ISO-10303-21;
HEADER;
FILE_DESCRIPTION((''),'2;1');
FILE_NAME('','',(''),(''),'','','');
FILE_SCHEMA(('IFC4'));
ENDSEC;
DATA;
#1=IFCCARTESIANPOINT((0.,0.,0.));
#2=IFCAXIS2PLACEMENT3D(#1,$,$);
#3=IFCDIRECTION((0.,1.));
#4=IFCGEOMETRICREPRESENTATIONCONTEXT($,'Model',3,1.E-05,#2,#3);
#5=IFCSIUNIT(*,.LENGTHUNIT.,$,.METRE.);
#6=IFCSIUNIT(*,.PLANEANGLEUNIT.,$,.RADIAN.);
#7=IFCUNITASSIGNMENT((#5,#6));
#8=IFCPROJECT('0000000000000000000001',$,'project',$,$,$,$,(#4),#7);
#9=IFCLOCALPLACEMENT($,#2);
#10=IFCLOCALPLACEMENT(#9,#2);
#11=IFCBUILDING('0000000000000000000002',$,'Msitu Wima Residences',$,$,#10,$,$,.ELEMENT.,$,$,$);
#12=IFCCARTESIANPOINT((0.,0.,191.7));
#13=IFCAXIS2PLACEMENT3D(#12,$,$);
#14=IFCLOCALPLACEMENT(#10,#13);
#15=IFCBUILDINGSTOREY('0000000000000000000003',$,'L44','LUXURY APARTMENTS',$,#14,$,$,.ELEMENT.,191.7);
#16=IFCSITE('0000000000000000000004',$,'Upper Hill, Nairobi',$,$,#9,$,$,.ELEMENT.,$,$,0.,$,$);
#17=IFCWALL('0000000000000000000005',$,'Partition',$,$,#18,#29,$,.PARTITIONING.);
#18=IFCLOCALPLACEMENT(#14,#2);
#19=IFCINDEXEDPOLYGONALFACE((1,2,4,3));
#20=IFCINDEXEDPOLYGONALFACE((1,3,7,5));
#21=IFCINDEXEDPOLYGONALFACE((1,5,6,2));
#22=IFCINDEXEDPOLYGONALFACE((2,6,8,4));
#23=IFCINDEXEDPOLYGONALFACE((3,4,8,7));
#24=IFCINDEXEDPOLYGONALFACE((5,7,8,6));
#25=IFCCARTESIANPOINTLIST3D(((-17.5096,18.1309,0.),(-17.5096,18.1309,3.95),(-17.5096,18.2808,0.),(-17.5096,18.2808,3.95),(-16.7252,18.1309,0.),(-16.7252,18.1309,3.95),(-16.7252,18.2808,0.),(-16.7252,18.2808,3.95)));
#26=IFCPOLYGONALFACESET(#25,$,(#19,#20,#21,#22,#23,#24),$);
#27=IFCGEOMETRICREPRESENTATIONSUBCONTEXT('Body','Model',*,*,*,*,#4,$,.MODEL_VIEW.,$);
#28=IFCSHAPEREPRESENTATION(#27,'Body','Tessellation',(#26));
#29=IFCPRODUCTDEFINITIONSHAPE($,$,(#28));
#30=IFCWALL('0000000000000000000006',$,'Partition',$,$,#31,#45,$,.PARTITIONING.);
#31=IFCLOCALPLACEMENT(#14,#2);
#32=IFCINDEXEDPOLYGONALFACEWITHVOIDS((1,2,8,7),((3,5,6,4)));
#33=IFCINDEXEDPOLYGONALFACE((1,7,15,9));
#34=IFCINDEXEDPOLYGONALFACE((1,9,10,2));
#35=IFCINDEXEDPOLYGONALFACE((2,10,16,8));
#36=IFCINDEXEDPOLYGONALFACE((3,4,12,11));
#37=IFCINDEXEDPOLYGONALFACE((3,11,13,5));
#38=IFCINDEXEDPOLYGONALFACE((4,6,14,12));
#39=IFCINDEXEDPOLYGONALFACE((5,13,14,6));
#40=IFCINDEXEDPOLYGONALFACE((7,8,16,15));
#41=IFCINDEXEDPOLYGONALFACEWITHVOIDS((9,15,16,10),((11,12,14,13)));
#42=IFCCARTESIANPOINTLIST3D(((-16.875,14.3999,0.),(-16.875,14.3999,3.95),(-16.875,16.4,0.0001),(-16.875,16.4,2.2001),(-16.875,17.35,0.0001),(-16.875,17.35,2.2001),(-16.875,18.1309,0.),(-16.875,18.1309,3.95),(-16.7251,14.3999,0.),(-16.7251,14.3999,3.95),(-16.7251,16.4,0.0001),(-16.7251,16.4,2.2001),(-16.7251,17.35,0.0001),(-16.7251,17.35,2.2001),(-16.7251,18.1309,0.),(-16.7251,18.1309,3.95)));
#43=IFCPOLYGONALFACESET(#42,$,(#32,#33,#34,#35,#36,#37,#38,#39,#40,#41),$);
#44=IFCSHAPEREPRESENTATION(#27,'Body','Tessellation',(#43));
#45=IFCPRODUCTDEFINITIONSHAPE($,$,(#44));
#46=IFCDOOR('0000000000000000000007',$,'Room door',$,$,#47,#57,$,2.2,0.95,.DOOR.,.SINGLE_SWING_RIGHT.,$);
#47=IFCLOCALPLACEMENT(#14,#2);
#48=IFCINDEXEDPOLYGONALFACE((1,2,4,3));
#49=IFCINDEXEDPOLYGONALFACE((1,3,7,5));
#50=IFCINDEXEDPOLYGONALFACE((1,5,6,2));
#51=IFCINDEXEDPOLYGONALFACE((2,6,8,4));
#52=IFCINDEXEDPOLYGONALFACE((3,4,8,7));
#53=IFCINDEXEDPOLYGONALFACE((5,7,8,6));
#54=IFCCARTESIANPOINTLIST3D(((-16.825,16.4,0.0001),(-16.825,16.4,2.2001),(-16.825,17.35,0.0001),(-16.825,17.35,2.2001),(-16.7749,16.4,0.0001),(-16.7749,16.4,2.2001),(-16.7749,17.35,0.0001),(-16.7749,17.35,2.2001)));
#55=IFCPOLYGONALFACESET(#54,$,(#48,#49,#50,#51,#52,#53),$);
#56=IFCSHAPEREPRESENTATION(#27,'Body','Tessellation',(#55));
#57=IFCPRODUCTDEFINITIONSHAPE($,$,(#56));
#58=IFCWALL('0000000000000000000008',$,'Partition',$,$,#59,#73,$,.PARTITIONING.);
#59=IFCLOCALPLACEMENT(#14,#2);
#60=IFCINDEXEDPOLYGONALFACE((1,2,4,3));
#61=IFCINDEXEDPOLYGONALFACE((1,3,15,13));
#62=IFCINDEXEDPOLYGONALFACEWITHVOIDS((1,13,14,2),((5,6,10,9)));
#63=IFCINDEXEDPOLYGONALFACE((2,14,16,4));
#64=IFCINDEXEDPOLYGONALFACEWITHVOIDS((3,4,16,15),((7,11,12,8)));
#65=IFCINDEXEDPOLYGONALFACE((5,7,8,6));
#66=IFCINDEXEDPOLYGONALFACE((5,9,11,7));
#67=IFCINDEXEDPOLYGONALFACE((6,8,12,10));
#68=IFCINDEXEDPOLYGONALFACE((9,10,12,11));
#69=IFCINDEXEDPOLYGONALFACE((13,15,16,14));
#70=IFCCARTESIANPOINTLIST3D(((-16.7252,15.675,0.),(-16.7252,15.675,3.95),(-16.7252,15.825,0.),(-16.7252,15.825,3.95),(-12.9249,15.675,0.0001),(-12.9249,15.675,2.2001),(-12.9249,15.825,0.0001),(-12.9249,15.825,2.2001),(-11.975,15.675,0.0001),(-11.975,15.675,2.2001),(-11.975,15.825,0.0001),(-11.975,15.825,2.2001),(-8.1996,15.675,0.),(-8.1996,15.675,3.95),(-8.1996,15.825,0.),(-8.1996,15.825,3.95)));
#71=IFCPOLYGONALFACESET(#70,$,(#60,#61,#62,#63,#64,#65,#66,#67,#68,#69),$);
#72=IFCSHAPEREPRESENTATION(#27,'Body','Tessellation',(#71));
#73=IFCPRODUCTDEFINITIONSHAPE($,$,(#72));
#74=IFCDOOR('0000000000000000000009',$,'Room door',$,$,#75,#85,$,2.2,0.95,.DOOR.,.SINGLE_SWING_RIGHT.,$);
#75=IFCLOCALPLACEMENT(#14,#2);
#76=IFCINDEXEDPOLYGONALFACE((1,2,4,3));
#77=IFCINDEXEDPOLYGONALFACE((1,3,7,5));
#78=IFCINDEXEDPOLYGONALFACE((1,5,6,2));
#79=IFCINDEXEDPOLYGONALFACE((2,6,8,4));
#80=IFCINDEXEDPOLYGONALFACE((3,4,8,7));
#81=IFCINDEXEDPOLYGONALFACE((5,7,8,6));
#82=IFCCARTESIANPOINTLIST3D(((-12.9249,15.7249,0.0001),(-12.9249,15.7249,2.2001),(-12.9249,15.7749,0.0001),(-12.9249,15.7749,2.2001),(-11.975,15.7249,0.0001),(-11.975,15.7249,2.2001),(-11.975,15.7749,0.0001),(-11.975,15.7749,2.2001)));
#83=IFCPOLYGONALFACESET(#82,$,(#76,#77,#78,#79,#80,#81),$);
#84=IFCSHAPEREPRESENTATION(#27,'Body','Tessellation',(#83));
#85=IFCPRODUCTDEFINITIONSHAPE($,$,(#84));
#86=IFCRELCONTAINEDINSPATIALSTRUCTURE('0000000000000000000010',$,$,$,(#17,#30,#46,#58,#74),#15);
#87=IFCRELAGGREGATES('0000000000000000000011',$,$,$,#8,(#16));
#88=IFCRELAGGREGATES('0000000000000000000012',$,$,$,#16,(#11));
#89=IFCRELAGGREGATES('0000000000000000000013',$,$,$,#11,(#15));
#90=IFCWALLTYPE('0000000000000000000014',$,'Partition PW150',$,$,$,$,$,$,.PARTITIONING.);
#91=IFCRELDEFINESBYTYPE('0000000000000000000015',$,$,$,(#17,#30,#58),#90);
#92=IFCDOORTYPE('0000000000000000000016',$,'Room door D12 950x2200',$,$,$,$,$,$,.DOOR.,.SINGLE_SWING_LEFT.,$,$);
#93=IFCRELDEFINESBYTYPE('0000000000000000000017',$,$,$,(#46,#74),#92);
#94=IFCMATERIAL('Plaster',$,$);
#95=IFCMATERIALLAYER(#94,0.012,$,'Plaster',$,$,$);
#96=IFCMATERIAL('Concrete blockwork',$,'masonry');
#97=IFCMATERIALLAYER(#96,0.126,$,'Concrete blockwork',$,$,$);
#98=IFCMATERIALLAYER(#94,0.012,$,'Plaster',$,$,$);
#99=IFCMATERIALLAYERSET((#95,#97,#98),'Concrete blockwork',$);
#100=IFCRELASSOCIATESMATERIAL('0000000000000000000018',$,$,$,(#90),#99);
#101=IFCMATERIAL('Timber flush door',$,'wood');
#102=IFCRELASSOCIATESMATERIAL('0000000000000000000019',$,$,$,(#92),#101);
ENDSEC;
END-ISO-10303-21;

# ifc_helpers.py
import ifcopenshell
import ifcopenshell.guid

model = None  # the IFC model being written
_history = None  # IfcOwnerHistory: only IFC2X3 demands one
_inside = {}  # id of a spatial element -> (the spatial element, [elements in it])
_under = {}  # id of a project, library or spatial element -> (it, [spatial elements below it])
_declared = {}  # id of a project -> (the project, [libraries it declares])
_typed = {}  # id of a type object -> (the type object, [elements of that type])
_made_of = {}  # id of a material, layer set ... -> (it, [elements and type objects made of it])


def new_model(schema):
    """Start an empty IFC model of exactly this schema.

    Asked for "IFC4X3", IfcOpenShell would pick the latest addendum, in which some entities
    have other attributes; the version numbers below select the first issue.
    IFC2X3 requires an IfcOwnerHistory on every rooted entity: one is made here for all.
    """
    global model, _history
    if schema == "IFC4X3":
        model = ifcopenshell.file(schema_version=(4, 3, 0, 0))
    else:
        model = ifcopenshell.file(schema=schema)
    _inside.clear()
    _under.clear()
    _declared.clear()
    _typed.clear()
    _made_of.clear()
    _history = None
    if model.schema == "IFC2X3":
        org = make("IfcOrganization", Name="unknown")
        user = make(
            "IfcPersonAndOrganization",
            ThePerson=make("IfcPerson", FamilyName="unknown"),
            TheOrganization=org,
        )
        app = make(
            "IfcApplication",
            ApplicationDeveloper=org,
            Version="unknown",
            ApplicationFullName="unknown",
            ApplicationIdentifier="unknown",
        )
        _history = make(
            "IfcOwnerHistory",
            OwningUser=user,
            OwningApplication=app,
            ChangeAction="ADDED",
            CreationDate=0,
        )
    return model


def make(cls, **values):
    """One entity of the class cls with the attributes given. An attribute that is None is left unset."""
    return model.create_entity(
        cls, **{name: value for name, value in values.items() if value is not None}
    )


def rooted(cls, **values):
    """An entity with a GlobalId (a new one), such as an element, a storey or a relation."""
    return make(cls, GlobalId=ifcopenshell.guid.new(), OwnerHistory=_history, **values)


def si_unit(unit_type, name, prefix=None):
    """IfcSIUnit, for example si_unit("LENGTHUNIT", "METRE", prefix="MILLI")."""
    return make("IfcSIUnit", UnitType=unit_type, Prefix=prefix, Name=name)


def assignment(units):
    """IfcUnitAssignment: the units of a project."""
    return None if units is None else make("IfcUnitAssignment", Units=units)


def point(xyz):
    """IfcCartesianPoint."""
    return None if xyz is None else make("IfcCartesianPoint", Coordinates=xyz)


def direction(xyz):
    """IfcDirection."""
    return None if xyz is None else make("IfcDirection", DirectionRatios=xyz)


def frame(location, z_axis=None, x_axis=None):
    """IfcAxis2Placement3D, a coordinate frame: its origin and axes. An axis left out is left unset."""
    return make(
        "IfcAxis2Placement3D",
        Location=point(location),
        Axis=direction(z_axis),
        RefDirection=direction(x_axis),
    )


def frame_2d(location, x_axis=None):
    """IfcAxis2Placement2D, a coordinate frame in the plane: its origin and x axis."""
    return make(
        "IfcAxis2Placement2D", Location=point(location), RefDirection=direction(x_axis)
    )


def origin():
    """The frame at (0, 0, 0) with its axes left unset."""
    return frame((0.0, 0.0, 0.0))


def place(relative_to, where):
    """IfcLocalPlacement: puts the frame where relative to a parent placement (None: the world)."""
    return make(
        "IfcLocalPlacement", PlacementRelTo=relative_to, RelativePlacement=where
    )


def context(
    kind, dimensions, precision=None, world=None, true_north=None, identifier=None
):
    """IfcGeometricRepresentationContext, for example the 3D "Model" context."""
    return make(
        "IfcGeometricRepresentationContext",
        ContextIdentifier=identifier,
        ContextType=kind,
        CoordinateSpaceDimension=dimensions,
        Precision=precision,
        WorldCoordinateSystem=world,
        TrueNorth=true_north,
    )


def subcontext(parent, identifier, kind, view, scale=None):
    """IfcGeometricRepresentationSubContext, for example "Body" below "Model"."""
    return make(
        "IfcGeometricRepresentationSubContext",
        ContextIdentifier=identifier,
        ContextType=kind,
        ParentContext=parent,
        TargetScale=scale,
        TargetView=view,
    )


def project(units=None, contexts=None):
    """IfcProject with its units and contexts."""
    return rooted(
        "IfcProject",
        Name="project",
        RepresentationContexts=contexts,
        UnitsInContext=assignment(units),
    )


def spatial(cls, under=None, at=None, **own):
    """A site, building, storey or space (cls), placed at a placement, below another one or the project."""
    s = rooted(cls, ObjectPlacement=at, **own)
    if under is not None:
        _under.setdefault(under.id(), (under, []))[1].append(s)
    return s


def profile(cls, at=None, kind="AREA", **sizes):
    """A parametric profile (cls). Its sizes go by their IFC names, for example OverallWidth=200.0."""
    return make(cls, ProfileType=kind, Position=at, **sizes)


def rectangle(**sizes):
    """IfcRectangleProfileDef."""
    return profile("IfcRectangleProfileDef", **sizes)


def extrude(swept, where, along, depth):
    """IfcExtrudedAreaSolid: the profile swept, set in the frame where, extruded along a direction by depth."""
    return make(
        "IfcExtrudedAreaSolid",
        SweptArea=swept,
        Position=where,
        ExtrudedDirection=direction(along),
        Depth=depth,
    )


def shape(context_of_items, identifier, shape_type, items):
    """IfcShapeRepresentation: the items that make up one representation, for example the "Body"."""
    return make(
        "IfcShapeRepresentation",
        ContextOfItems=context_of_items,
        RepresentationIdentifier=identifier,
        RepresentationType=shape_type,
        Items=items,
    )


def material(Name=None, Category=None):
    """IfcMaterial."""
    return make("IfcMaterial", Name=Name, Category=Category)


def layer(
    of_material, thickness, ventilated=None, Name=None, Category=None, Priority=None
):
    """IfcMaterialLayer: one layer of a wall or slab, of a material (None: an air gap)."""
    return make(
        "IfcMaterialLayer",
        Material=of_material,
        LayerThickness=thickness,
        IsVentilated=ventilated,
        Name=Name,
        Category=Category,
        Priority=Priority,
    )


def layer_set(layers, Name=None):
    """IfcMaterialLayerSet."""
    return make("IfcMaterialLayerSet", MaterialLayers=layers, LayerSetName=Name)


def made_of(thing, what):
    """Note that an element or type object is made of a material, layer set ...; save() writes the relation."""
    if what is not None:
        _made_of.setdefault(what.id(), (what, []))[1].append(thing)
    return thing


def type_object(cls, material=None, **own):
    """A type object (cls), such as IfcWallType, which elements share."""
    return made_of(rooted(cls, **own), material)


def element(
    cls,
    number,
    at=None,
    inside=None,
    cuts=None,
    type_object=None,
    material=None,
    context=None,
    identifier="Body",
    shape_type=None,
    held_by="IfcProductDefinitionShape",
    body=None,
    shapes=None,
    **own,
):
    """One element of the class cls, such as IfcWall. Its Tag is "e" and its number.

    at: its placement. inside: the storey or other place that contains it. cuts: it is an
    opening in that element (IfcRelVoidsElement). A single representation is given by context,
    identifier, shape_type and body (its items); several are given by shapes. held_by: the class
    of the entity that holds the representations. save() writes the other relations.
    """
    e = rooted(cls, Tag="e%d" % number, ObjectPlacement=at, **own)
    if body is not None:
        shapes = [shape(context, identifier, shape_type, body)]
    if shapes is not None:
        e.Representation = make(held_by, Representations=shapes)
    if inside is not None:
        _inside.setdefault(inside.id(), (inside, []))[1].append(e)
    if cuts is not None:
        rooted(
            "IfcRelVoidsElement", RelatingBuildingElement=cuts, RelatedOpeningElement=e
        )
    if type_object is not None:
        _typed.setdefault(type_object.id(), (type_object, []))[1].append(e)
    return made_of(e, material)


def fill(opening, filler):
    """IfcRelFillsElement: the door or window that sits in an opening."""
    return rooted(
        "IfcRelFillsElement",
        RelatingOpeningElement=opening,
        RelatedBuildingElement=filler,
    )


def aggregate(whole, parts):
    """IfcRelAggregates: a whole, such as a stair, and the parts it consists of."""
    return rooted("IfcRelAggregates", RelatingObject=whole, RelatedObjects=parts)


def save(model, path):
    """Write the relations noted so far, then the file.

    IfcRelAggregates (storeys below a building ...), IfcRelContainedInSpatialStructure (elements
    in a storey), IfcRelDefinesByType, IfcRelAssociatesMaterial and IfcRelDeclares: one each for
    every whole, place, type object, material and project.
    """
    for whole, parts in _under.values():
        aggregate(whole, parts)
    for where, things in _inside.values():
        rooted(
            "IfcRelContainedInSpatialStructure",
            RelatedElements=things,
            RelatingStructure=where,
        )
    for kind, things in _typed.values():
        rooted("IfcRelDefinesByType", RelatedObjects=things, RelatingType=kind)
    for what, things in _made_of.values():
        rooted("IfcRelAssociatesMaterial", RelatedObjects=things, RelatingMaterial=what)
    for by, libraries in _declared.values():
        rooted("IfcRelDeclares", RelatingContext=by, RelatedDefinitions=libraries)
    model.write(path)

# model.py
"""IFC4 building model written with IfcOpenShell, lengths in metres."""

from ifc_helpers import new_model, si_unit, direction, frame, frame_2d, origin, place, context, subcontext, project, spatial, rectangle, extrude, material, layer, layer_set, type_object, element, fill, save


model = new_model("IFC4")

# Units and contexts
model_context = context("Model", 3, precision=1e-05, world=origin(), true_north=direction((0.0, 1.0)))
body_context = subcontext(model_context, "Body", "Model", "MODEL_VIEW")
ifc_project = project(units=[si_unit("LENGTHUNIT", "METRE"), si_unit("PLANEANGLEUNIT", "RADIAN")], contexts=[model_context])

# Site, building, storey
site_placement = place(None, origin())
site = spatial("IfcSite", under=ifc_project, at=site_placement, Name="Upper Hill, Nairobi", CompositionType="ELEMENT", RefElevation=0.0)
building_placement = place(site_placement, origin())
building = spatial("IfcBuilding", under=site, at=building_placement, Name="Msitu Wima Residences", CompositionType="ELEMENT")
storey_placement = place(building_placement, frame((0.0, 0.0, 191.7)))
storey = spatial("IfcBuildingStorey", under=building, at=storey_placement, Name="L44", Description="LUXURY APARTMENTS", CompositionType="ELEMENT", Elevation=191.7)

# Shared definitions
ifc_material_1 = material(Name="Plaster")
ifc_material_2 = material(Name="Concrete blockwork", Category="masonry")
ifc_layer_1 = layer(ifc_material_1, 0.012, Name="Plaster")
ifc_layer_2 = layer(ifc_material_2, 0.126, Name="Concrete blockwork")
ifc_layer_3 = layer(ifc_material_1, 0.012, Name="Plaster")
ifc_layer_set_1 = layer_set([ifc_layer_1, ifc_layer_2, ifc_layer_3], Name="Concrete blockwork")
wall_type_1 = type_object("IfcWallType", Name="Partition PW150", PredefinedType="PARTITIONING", material=ifc_layer_set_1)

# Shared definitions
ifc_material_3 = material(Name="Timber flush door", Category="wood")
door_type_1 = type_object("IfcDoorType", Name="Room door D12 950x2200", OperationType="SINGLE_SWING_LEFT", PredefinedType="DOOR", material=ifc_material_3)

# Wall
wall_1_placement = place(storey_placement, frame((-17.5095, 18.2058, 0.0), z_axis=(0.0, 0.0, 1.0), x_axis=(1.0, 0.0, 0.0)))
element("IfcWall", 1, at=wall_1_placement, inside=storey, type_object=wall_type_1, Name="Partition", PredefinedType="PARTITIONING", context=body_context, shape_type="SweptSolid", body=[
    extrude(rectangle(XDim=0.7844, YDim=0.1499, at=frame_2d((0.3921, 0.0))), origin(), (0.0, 0.0, 1.0), 3.95),
])

# Walls, openings, doors
wall_2_placement = place(storey_placement, frame((-16.8, 14.3999, 0.0), z_axis=(0.0, 0.0, 1.0), x_axis=(0.0, 1.0, 0.0)))
wall_2 = element("IfcWall", 2, at=wall_2_placement, inside=storey, type_object=wall_type_1, Name="Partition", PredefinedType="PARTITIONING", context=body_context, shape_type="SweptSolid", body=[
    extrude(rectangle(XDim=3.731, YDim=0.1499, at=frame_2d((1.8655, 0.0))), origin(), (0.0, 0.0, 1.0), 3.95),
])
opening_1_placement = place(wall_2_placement, frame((2.0, 0.0, 0.0)))
opening_1 = element("IfcOpeningElement", 3, at=opening_1_placement, cuts=wall_2, PredefinedType="OPENING", context=body_context, shape_type="SweptSolid", body=[
    extrude(rectangle(XDim=0.95, YDim=2.2, at=frame_2d((0.4751, 1.1001))), frame((0.0, 0.085, 0.0), z_axis=(0.0, -1.0, 0.0), x_axis=(1.0, 0.0, 0.0)), (0.0, 0.0, 1.0), 0.1699),
])
door_1_placement = place(opening_1_placement, origin())
door_1 = element("IfcDoor", 4, at=door_1_placement, inside=storey, type_object=door_type_1, Name="Room door", OperationType="SINGLE_SWING_RIGHT", OverallHeight=2.2, OverallWidth=0.95, PredefinedType="DOOR", context=body_context, shape_type="SweptSolid", body=[
    extrude(rectangle(XDim=0.95, YDim=2.2, at=frame_2d((0.4751, 1.1001))), frame((0.0, 0.0249, 0.0), z_axis=(0.0, -1.0, 0.0), x_axis=(1.0, 0.0, 0.0)), (0.0, 0.0, 1.0), 0.05),
])
fill(opening_1, door_1)
wall_3_placement = place(storey_placement, frame((-16.7251, 15.75, 0.0), z_axis=(0.0, 0.0, 1.0), x_axis=(1.0, 0.0, 0.0)))
wall_3 = element("IfcWall", 5, at=wall_3_placement, inside=storey, type_object=wall_type_1, Name="Partition", PredefinedType="PARTITIONING", context=body_context, shape_type="SweptSolid", body=[
    extrude(rectangle(XDim=8.5256, YDim=0.1499, at=frame_2d((4.2627, 0.0))), origin(), (0.0, 0.0, 1.0), 3.95),
])
opening_2_placement = place(wall_3_placement, frame((3.8, 0.0, 0.0)))
opening_2 = element("IfcOpeningElement", 6, at=opening_2_placement, cuts=wall_3, PredefinedType="OPENING", context=body_context, shape_type="SweptSolid", body=[
    extrude(rectangle(XDim=0.95, YDim=2.2, at=frame_2d((0.4751, 1.1001))), frame((0.0, 0.085, 0.0), z_axis=(0.0, -1.0, 0.0), x_axis=(1.0, 0.0, 0.0)), (0.0, 0.0, 1.0), 0.1699),
])
door_2_placement = place(opening_2_placement, origin())
door_2 = element("IfcDoor", 7, at=door_2_placement, inside=storey, type_object=door_type_1, Name="Room door", OperationType="SINGLE_SWING_RIGHT", OverallHeight=2.2, OverallWidth=0.95, PredefinedType="DOOR", context=body_context, shape_type="SweptSolid", body=[
    extrude(rectangle(XDim=0.95, YDim=2.2, at=frame_2d((0.4751, 1.1001))), frame((0.0, 0.0249, 0.0), z_axis=(0.0, -1.0, 0.0), x_axis=(1.0, 0.0, 0.0)), (0.0, 0.0, 1.0), 0.05),
])
fill(opening_2, door_2)

save(model, "model.ifc")
